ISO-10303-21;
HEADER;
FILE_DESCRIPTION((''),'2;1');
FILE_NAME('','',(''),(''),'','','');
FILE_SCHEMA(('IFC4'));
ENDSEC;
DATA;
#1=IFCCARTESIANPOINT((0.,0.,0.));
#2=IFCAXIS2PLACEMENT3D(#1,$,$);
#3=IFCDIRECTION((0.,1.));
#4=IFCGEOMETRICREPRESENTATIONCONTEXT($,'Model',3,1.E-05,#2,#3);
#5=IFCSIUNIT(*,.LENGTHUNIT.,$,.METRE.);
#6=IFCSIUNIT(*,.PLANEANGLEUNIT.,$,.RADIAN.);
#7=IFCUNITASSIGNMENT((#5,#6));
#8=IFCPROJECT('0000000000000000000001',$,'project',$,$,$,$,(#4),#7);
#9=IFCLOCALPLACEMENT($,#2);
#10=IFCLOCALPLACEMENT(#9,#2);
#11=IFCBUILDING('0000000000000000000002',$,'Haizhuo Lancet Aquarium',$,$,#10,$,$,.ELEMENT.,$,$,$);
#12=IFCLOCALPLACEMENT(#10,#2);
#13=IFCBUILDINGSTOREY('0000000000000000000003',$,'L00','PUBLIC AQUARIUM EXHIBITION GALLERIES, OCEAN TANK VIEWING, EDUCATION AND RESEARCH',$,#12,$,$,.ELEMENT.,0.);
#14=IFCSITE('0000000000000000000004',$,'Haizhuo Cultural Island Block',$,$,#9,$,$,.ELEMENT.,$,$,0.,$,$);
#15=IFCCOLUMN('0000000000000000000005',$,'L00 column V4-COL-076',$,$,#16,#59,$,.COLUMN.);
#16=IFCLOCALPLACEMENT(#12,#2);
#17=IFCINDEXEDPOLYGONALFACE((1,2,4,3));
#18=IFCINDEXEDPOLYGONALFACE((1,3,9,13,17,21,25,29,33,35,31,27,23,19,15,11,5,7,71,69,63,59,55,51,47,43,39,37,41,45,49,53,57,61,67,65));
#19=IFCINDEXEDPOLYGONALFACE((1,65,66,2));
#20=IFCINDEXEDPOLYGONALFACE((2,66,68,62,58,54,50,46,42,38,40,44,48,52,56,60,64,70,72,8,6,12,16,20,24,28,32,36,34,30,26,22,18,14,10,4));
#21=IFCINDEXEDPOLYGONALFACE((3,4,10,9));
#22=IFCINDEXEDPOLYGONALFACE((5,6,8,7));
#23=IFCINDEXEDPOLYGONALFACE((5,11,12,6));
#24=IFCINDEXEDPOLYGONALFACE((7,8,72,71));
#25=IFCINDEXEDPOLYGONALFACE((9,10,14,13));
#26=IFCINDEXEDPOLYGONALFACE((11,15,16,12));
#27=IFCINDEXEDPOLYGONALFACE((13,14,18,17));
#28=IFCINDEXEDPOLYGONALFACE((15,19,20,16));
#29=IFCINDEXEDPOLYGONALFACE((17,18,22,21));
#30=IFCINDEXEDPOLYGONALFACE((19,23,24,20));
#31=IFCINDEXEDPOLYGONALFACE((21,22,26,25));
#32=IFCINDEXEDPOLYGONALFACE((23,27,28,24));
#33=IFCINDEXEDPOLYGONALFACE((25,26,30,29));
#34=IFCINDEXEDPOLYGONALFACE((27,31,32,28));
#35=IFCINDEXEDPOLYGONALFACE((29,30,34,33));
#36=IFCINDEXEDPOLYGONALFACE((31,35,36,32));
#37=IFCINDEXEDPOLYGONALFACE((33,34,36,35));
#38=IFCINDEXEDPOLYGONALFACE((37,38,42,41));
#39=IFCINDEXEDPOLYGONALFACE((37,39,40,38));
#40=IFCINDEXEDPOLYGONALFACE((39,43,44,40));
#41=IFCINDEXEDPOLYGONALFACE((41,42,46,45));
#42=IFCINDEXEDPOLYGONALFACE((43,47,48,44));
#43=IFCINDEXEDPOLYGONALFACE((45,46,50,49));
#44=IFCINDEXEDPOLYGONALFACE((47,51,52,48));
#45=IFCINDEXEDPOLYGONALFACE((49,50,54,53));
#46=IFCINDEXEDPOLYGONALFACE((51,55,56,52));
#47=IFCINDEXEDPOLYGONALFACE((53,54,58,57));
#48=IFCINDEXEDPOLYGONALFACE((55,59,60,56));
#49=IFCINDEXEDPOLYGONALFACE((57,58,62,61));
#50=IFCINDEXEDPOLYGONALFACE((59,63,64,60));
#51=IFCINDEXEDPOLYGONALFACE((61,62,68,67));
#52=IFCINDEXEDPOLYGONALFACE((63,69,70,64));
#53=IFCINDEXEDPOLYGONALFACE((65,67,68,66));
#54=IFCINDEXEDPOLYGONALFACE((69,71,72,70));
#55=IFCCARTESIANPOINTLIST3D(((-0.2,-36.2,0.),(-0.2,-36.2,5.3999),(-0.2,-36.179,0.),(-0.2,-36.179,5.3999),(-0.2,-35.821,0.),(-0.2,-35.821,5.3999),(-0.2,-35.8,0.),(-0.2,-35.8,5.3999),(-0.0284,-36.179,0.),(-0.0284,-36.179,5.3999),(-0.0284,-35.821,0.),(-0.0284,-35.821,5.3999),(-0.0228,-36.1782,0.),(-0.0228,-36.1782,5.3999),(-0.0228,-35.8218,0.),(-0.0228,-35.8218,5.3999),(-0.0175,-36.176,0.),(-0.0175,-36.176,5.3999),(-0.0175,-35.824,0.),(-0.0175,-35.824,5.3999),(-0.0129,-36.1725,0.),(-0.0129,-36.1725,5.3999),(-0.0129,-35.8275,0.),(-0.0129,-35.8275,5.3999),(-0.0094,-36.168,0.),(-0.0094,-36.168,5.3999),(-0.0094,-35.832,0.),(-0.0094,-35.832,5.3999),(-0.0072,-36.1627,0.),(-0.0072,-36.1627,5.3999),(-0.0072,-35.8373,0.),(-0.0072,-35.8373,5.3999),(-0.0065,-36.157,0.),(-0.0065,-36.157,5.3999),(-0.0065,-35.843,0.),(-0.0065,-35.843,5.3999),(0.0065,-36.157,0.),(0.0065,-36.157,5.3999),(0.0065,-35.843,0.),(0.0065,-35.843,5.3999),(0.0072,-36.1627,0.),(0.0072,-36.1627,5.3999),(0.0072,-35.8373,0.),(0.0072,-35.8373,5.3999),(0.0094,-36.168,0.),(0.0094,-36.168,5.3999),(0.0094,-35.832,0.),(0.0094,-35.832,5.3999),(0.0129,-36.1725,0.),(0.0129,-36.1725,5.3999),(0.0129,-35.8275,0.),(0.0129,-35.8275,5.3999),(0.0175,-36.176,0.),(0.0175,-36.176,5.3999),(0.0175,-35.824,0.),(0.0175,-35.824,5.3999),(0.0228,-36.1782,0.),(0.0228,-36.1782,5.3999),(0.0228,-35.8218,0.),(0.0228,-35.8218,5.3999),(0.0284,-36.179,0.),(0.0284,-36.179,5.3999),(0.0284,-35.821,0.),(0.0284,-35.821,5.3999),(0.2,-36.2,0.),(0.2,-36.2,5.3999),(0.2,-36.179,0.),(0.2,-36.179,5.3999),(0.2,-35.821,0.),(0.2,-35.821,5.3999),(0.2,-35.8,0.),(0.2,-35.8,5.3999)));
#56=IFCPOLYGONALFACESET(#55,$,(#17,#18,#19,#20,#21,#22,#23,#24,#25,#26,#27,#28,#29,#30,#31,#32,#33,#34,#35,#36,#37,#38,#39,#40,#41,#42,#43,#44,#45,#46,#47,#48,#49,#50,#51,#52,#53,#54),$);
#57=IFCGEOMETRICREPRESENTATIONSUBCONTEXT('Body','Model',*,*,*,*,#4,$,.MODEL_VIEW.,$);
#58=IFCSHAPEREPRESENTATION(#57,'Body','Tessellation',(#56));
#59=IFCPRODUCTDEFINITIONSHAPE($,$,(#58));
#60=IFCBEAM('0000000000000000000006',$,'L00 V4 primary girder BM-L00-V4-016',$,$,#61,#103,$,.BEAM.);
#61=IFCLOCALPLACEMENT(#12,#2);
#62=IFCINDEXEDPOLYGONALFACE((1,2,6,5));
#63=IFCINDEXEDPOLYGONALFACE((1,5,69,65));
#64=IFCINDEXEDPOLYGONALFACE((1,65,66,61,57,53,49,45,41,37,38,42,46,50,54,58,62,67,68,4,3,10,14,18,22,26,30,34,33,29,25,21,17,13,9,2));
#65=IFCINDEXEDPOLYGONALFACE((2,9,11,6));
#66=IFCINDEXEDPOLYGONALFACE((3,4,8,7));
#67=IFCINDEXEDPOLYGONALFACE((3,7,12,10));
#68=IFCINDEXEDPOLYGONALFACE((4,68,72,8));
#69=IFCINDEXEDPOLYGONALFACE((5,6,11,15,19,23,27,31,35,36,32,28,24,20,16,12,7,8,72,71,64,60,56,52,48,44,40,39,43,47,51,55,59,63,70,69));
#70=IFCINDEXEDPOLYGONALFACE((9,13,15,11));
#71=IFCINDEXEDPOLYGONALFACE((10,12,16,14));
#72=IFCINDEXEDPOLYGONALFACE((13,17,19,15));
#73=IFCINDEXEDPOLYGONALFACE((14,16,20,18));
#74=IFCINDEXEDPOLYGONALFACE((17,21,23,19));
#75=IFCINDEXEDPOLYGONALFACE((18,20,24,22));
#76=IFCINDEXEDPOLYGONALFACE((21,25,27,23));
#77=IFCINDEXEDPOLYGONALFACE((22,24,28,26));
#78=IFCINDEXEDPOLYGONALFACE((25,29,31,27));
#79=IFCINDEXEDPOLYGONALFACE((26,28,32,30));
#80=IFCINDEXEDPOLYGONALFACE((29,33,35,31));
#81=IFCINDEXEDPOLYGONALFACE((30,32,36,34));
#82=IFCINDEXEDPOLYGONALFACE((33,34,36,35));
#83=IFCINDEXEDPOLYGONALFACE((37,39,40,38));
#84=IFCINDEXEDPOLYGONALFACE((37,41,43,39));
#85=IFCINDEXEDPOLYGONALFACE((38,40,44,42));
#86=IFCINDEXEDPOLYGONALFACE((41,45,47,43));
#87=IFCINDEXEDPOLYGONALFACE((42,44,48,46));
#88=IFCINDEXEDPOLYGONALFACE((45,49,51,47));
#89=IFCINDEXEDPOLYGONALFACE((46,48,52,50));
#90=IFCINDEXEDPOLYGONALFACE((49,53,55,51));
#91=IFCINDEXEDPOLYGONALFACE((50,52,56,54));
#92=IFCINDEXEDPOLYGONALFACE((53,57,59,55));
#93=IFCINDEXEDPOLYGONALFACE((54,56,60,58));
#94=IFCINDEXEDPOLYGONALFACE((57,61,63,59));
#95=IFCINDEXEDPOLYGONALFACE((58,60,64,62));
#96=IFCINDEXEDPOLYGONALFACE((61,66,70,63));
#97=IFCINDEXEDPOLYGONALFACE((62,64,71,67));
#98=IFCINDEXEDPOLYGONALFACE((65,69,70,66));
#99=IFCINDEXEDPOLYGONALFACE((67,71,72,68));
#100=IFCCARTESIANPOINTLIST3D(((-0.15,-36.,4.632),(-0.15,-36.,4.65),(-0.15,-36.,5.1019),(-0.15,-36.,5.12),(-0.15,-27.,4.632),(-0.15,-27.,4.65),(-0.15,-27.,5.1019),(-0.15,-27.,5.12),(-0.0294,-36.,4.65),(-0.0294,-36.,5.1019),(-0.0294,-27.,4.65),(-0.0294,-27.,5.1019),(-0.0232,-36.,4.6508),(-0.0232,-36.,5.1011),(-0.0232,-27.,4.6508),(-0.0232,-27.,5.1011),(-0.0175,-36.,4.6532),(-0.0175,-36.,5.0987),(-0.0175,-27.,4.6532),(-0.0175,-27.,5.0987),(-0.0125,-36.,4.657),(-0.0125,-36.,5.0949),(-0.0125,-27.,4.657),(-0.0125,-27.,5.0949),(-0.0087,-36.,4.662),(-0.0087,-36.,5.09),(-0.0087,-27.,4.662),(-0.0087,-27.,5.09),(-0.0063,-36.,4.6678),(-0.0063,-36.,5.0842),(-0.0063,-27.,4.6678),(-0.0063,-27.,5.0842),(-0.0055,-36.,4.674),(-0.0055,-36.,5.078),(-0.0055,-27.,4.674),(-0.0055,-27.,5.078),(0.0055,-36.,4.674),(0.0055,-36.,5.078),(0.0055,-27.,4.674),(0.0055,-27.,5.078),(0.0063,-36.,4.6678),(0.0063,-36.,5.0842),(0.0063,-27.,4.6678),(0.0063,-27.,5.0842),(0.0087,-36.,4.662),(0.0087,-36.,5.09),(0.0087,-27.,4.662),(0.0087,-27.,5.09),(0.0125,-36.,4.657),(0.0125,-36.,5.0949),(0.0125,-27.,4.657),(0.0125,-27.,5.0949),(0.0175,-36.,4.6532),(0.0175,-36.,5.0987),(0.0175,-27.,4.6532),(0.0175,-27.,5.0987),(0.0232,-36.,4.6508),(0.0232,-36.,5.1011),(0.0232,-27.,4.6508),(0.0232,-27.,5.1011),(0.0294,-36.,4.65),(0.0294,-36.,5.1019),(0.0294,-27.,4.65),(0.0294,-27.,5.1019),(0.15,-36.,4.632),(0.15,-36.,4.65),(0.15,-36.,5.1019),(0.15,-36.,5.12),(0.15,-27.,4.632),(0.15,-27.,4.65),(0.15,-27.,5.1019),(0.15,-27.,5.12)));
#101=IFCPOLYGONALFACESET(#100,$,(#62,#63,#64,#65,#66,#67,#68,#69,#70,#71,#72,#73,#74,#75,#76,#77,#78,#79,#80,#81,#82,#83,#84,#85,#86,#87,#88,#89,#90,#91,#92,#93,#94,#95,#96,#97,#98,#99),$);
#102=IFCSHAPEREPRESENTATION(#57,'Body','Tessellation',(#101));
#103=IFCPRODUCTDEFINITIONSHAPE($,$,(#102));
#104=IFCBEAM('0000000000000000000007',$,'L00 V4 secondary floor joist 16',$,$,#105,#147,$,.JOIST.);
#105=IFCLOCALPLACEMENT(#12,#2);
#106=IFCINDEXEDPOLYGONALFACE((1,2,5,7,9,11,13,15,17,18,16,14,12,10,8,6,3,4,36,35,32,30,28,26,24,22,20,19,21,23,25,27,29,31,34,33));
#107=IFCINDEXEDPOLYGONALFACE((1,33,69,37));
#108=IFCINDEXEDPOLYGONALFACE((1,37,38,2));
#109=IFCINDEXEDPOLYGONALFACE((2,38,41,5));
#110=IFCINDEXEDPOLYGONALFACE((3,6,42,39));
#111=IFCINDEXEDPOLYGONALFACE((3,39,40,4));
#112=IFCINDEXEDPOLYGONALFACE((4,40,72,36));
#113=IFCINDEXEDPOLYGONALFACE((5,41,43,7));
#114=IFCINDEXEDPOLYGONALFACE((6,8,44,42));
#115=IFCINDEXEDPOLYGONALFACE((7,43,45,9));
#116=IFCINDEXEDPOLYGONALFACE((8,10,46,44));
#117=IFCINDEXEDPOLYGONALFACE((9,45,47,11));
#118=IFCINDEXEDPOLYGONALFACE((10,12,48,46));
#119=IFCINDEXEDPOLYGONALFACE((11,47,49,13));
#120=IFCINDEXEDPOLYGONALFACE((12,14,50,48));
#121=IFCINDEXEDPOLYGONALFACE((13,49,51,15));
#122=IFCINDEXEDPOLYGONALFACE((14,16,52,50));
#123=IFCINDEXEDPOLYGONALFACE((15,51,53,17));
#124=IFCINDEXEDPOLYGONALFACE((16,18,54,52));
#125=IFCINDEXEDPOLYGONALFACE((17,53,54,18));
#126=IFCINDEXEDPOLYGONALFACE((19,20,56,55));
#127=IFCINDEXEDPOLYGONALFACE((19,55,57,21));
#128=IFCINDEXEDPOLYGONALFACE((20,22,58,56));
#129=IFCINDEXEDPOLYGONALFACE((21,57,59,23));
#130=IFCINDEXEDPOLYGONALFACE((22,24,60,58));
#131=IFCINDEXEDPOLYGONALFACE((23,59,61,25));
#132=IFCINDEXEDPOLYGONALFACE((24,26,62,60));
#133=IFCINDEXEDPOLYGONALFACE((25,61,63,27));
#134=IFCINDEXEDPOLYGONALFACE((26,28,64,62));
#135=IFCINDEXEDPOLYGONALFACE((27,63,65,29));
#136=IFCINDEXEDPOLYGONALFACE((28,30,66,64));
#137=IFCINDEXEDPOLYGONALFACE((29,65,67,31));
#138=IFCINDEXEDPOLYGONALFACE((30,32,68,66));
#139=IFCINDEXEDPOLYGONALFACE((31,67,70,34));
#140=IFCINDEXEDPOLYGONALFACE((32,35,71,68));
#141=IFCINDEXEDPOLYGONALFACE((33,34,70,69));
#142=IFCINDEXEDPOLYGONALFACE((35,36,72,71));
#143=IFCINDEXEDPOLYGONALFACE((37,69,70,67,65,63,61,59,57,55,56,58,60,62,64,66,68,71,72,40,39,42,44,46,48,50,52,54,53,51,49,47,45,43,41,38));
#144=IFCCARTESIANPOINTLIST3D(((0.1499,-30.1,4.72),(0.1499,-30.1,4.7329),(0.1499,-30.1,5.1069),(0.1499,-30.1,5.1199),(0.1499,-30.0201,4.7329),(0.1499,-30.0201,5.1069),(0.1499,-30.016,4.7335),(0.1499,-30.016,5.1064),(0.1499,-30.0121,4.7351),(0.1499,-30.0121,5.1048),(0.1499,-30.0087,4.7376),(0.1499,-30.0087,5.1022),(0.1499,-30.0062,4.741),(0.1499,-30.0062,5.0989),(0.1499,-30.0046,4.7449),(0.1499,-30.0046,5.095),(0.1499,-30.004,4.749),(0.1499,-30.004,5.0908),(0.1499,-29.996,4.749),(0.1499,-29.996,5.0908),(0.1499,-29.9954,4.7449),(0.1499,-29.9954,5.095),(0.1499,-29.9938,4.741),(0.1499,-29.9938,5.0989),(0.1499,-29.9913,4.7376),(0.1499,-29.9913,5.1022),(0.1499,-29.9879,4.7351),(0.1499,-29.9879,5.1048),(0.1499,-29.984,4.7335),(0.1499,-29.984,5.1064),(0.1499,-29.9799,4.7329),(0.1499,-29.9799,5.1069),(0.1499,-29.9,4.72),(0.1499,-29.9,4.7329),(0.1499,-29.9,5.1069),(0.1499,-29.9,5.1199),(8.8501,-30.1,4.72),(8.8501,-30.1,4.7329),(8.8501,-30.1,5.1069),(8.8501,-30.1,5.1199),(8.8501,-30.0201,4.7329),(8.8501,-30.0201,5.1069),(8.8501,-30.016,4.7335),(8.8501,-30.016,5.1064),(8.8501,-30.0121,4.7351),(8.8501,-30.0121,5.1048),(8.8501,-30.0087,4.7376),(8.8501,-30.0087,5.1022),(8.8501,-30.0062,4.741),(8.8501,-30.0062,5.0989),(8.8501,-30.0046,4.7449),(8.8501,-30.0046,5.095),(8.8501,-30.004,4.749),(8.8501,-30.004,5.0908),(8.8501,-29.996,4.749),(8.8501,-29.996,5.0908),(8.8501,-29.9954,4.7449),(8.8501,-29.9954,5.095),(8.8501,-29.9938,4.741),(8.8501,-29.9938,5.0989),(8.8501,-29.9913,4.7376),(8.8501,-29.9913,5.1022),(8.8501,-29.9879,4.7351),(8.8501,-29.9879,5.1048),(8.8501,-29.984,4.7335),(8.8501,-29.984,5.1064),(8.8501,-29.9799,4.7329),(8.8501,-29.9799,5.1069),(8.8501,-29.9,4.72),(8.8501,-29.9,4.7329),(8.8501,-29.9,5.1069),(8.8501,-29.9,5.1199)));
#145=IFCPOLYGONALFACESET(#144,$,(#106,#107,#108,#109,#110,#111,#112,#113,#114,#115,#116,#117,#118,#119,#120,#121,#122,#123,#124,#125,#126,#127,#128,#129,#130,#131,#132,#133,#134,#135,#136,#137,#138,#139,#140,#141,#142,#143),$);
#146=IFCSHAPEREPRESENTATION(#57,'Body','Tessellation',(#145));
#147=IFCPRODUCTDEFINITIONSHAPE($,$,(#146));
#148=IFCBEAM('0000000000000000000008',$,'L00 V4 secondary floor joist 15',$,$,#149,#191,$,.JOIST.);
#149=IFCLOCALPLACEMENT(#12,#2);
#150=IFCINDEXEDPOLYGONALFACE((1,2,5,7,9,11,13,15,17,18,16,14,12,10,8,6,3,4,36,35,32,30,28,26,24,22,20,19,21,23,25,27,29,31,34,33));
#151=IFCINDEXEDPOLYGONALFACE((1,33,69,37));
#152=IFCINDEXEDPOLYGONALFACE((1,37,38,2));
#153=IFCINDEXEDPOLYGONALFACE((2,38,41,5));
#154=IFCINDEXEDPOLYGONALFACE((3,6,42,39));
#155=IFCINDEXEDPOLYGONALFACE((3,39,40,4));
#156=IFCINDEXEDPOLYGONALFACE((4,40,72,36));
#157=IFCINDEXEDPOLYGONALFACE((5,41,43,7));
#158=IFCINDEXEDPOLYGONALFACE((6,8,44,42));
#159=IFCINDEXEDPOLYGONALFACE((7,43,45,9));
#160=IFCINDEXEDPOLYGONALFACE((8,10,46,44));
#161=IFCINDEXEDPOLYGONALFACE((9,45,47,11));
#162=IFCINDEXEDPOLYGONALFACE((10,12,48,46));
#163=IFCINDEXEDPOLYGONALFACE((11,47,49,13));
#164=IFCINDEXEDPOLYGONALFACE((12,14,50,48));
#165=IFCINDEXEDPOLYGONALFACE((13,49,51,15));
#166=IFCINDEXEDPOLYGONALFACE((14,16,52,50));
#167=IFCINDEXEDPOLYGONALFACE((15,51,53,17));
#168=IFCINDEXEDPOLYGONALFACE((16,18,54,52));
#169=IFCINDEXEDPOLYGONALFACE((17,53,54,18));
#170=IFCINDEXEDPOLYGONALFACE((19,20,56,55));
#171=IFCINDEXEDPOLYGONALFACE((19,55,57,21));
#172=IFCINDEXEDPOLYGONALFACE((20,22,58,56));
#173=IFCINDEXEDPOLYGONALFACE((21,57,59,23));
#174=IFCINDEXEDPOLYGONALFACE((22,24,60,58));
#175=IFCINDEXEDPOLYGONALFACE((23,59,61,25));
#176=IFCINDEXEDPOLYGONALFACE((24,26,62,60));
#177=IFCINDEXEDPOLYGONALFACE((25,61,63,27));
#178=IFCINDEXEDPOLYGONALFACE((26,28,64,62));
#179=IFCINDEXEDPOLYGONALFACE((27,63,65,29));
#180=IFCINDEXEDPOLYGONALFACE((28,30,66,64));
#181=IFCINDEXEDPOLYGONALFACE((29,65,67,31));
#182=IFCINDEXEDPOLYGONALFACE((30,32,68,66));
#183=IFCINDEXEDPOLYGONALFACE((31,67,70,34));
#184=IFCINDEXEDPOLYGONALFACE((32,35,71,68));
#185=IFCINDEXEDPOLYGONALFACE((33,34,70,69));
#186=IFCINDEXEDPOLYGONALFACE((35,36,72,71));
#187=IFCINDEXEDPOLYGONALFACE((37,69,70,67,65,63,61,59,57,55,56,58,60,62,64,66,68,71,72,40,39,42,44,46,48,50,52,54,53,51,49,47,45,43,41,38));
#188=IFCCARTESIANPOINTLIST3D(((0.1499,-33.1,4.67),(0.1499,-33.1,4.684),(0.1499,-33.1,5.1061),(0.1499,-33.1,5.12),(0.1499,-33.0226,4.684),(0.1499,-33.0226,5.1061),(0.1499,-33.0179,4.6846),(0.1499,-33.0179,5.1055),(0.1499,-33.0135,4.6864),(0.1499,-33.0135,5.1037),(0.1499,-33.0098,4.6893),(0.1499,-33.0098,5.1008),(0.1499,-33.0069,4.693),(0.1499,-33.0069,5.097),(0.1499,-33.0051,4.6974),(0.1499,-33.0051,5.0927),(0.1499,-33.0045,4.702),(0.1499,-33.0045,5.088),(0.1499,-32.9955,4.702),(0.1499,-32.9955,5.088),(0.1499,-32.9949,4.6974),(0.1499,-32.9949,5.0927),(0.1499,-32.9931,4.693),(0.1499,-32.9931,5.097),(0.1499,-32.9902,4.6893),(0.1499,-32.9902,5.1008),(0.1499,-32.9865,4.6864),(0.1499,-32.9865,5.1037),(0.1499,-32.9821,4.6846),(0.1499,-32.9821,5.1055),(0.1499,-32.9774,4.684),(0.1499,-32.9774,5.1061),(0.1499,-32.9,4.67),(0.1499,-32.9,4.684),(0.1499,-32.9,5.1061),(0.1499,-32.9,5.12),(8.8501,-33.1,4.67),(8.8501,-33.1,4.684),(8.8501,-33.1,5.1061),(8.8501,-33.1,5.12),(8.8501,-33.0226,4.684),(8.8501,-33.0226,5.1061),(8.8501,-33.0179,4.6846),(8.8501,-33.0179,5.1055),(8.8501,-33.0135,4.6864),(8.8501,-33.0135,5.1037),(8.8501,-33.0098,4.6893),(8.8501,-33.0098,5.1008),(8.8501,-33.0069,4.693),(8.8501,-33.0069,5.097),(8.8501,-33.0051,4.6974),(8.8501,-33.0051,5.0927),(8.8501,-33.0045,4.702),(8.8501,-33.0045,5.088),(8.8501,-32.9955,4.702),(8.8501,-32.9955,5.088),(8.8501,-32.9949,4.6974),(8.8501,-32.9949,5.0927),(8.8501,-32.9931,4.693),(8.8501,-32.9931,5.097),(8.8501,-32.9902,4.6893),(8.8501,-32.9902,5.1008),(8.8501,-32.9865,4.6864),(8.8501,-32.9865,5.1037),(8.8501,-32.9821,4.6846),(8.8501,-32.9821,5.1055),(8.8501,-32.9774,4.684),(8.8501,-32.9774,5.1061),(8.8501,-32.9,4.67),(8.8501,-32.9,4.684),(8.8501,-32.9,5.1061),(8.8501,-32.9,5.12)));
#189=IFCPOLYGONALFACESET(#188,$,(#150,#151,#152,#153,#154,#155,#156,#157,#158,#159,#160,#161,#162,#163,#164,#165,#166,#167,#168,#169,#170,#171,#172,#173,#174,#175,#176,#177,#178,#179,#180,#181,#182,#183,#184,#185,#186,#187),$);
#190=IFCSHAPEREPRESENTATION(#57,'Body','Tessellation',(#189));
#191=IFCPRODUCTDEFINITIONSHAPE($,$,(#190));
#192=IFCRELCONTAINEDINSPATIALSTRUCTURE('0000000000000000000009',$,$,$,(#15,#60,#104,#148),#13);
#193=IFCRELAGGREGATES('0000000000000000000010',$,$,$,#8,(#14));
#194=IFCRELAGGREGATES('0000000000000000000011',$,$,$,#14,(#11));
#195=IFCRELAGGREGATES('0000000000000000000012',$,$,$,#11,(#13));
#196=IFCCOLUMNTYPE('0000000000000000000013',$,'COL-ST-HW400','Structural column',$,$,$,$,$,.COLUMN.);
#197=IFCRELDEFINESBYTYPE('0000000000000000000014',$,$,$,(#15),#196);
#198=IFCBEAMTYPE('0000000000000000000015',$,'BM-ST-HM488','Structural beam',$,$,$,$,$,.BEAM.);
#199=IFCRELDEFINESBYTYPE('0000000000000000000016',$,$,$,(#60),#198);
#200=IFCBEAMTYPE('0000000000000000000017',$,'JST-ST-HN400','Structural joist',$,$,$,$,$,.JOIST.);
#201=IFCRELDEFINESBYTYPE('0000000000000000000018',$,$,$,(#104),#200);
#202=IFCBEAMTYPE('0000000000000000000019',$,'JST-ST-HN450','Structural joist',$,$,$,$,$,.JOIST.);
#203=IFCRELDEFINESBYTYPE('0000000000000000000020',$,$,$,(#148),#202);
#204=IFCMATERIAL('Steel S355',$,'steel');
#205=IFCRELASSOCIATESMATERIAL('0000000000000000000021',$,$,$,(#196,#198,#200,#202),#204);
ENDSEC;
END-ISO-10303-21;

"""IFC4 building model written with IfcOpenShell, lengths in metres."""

from ifc_helpers import new_model, si_unit, direction, frame, origin, origin_2d, place, context, subcontext, project, spatial, i_section, extrude, material, material_profile, profile_set, type_object, element, save


model = new_model("IFC4")

# Units and contexts
model_context = context("Model", 3, precision=1e-05, world=origin(), true_north=direction((0.0, 1.0)))
body_context = subcontext(model_context, "Body", "Model", "MODEL_VIEW")
ifc_project = project(units=[si_unit("LENGTHUNIT", "METRE"), si_unit("PLANEANGLEUNIT", "RADIAN")], contexts=[model_context])

# Site, building, storey
site_placement = place(None, origin())
site = spatial("IfcSite", under=ifc_project, at=site_placement, Name="Haizhuo Cultural Island Block", CompositionType="ELEMENT", RefElevation=0.0)
building_placement = place(site_placement, origin())
building = spatial("IfcBuilding", under=site, at=building_placement, Name="Haizhuo Lancet Aquarium", CompositionType="ELEMENT")
storey_placement = place(building_placement, origin())
storey = spatial("IfcBuildingStorey", under=building, at=storey_placement, Name="L00", Description="PUBLIC AQUARIUM EXHIBITION GALLERIES, OCEAN TANK VIEWING, EDUCATION AND RESEARCH", CompositionType="ELEMENT", Elevation=0.0)

# Column
ifc_material_1 = material(Name="Steel S355", Category="steel")
ifc_material_profile_1 = material_profile(ifc_material_1, i_section(OverallWidth=0.3999, OverallDepth=0.3999, WebThickness=0.0129, FlangeThickness=0.021, FilletRadius=0.022, at=origin_2d()), Name="HW 400x400x13x21")
ifc_profile_set_1 = profile_set([ifc_material_profile_1], Name="Steel S355")
column_type = type_object("IfcColumnType", Name="COL-ST-HW400", Description="Structural column", PredefinedType="COLUMN", material=ifc_profile_set_1)
column_placement = place(storey_placement, frame((0.0, -36.0, 0.0), z_axis=(0.0, 0.0, 1.0), x_axis=(1.0, 0.0, 0.0)))
element("IfcColumn", 1, at=column_placement, inside=storey, type_object=column_type, Name="L00 column V4-COL-076", PredefinedType="COLUMN", context=body_context, shape_type="SweptSolid", body=[
    extrude(i_section(OverallWidth=0.3999, OverallDepth=0.3999, WebThickness=0.0129, FlangeThickness=0.021, FilletRadius=0.022, at=origin_2d()), origin(), (0.0, 0.0, 1.0), 5.3999),
])

# Beams
ifc_material_profile_2 = material_profile(ifc_material_1, i_section(OverallWidth=0.3, OverallDepth=0.488, WebThickness=0.011, FlangeThickness=0.0181, FilletRadius=0.0239, at=origin_2d()), Name="HM 488x300x11x18")
ifc_profile_set_2 = profile_set([ifc_material_profile_2], Name="Steel S355")
beam_type_1 = type_object("IfcBeamType", Name="BM-ST-HM488", Description="Structural beam", PredefinedType="BEAM", material=ifc_profile_set_2)
beam_1_placement = place(storey_placement, frame((0.0, -36.0, 4.876), z_axis=(0.0, 1.0, 0.0), x_axis=(-1.0, 0.0, 0.0)))
element("IfcBeam", 2, at=beam_1_placement, inside=storey, type_object=beam_type_1, Name="L00 V4 primary girder BM-L00-V4-016", PredefinedType="BEAM", context=body_context, shape_type="SweptSolid", body=[
    extrude(i_section(OverallWidth=0.3, OverallDepth=0.488, WebThickness=0.011, FlangeThickness=0.0181, FilletRadius=0.0239, at=origin_2d()), origin(), (0.0, 0.0, 1.0), 9.0),
])
ifc_material_profile_3 = material_profile(ifc_material_1, i_section(OverallWidth=0.2, OverallDepth=0.3999, WebThickness=0.0081, FlangeThickness=0.0129, FilletRadius=0.0161, at=origin_2d()), Name="HN 400x200x8x13")
ifc_profile_set_3 = profile_set([ifc_material_profile_3], Name="Steel S355")
beam_type_2 = type_object("IfcBeamType", Name="JST-ST-HN400", Description="Structural joist", PredefinedType="JOIST", material=ifc_profile_set_3)
beam_2_placement = place(storey_placement, frame((0.1499, -30.0, 4.9199), z_axis=(1.0, 0.0, 0.0), x_axis=(0.0, 1.0, 0.0)))
element("IfcBeam", 3, at=beam_2_placement, inside=storey, type_object=beam_type_2, Name="L00 V4 secondary floor joist 16", PredefinedType="JOIST", context=body_context, shape_type="SweptSolid", body=[
    extrude(i_section(OverallWidth=0.2, OverallDepth=0.3999, WebThickness=0.0081, FlangeThickness=0.0129, FilletRadius=0.0161, at=origin_2d()), origin(), (0.0, 0.0, 1.0), 8.7002),
])
ifc_material_profile_4 = material_profile(ifc_material_1, i_section(OverallWidth=0.2, OverallDepth=0.45, WebThickness=0.009, FlangeThickness=0.0139, FilletRadius=0.0181, at=origin_2d()), Name="HN 450x200x9x14")
ifc_profile_set_4 = profile_set([ifc_material_profile_4], Name="Steel S355")
beam_type_3 = type_object("IfcBeamType", Name="JST-ST-HN450", Description="Structural joist", PredefinedType="JOIST", material=ifc_profile_set_4)
beam_3_placement = place(storey_placement, frame((0.1499, -33.0, 4.895), z_axis=(1.0, 0.0, 0.0), x_axis=(0.0, 1.0, 0.0)))
element("IfcBeam", 4, at=beam_3_placement, inside=storey, type_object=beam_type_3, Name="L00 V4 secondary floor joist 15", PredefinedType="JOIST", context=body_context, shape_type="SweptSolid", body=[
    extrude(i_section(OverallWidth=0.2, OverallDepth=0.45, WebThickness=0.009, FlangeThickness=0.0139, FilletRadius=0.0181, at=origin_2d()), origin(), (0.0, 0.0, 1.0), 8.7002),
])

save(model, "model.ifc")
